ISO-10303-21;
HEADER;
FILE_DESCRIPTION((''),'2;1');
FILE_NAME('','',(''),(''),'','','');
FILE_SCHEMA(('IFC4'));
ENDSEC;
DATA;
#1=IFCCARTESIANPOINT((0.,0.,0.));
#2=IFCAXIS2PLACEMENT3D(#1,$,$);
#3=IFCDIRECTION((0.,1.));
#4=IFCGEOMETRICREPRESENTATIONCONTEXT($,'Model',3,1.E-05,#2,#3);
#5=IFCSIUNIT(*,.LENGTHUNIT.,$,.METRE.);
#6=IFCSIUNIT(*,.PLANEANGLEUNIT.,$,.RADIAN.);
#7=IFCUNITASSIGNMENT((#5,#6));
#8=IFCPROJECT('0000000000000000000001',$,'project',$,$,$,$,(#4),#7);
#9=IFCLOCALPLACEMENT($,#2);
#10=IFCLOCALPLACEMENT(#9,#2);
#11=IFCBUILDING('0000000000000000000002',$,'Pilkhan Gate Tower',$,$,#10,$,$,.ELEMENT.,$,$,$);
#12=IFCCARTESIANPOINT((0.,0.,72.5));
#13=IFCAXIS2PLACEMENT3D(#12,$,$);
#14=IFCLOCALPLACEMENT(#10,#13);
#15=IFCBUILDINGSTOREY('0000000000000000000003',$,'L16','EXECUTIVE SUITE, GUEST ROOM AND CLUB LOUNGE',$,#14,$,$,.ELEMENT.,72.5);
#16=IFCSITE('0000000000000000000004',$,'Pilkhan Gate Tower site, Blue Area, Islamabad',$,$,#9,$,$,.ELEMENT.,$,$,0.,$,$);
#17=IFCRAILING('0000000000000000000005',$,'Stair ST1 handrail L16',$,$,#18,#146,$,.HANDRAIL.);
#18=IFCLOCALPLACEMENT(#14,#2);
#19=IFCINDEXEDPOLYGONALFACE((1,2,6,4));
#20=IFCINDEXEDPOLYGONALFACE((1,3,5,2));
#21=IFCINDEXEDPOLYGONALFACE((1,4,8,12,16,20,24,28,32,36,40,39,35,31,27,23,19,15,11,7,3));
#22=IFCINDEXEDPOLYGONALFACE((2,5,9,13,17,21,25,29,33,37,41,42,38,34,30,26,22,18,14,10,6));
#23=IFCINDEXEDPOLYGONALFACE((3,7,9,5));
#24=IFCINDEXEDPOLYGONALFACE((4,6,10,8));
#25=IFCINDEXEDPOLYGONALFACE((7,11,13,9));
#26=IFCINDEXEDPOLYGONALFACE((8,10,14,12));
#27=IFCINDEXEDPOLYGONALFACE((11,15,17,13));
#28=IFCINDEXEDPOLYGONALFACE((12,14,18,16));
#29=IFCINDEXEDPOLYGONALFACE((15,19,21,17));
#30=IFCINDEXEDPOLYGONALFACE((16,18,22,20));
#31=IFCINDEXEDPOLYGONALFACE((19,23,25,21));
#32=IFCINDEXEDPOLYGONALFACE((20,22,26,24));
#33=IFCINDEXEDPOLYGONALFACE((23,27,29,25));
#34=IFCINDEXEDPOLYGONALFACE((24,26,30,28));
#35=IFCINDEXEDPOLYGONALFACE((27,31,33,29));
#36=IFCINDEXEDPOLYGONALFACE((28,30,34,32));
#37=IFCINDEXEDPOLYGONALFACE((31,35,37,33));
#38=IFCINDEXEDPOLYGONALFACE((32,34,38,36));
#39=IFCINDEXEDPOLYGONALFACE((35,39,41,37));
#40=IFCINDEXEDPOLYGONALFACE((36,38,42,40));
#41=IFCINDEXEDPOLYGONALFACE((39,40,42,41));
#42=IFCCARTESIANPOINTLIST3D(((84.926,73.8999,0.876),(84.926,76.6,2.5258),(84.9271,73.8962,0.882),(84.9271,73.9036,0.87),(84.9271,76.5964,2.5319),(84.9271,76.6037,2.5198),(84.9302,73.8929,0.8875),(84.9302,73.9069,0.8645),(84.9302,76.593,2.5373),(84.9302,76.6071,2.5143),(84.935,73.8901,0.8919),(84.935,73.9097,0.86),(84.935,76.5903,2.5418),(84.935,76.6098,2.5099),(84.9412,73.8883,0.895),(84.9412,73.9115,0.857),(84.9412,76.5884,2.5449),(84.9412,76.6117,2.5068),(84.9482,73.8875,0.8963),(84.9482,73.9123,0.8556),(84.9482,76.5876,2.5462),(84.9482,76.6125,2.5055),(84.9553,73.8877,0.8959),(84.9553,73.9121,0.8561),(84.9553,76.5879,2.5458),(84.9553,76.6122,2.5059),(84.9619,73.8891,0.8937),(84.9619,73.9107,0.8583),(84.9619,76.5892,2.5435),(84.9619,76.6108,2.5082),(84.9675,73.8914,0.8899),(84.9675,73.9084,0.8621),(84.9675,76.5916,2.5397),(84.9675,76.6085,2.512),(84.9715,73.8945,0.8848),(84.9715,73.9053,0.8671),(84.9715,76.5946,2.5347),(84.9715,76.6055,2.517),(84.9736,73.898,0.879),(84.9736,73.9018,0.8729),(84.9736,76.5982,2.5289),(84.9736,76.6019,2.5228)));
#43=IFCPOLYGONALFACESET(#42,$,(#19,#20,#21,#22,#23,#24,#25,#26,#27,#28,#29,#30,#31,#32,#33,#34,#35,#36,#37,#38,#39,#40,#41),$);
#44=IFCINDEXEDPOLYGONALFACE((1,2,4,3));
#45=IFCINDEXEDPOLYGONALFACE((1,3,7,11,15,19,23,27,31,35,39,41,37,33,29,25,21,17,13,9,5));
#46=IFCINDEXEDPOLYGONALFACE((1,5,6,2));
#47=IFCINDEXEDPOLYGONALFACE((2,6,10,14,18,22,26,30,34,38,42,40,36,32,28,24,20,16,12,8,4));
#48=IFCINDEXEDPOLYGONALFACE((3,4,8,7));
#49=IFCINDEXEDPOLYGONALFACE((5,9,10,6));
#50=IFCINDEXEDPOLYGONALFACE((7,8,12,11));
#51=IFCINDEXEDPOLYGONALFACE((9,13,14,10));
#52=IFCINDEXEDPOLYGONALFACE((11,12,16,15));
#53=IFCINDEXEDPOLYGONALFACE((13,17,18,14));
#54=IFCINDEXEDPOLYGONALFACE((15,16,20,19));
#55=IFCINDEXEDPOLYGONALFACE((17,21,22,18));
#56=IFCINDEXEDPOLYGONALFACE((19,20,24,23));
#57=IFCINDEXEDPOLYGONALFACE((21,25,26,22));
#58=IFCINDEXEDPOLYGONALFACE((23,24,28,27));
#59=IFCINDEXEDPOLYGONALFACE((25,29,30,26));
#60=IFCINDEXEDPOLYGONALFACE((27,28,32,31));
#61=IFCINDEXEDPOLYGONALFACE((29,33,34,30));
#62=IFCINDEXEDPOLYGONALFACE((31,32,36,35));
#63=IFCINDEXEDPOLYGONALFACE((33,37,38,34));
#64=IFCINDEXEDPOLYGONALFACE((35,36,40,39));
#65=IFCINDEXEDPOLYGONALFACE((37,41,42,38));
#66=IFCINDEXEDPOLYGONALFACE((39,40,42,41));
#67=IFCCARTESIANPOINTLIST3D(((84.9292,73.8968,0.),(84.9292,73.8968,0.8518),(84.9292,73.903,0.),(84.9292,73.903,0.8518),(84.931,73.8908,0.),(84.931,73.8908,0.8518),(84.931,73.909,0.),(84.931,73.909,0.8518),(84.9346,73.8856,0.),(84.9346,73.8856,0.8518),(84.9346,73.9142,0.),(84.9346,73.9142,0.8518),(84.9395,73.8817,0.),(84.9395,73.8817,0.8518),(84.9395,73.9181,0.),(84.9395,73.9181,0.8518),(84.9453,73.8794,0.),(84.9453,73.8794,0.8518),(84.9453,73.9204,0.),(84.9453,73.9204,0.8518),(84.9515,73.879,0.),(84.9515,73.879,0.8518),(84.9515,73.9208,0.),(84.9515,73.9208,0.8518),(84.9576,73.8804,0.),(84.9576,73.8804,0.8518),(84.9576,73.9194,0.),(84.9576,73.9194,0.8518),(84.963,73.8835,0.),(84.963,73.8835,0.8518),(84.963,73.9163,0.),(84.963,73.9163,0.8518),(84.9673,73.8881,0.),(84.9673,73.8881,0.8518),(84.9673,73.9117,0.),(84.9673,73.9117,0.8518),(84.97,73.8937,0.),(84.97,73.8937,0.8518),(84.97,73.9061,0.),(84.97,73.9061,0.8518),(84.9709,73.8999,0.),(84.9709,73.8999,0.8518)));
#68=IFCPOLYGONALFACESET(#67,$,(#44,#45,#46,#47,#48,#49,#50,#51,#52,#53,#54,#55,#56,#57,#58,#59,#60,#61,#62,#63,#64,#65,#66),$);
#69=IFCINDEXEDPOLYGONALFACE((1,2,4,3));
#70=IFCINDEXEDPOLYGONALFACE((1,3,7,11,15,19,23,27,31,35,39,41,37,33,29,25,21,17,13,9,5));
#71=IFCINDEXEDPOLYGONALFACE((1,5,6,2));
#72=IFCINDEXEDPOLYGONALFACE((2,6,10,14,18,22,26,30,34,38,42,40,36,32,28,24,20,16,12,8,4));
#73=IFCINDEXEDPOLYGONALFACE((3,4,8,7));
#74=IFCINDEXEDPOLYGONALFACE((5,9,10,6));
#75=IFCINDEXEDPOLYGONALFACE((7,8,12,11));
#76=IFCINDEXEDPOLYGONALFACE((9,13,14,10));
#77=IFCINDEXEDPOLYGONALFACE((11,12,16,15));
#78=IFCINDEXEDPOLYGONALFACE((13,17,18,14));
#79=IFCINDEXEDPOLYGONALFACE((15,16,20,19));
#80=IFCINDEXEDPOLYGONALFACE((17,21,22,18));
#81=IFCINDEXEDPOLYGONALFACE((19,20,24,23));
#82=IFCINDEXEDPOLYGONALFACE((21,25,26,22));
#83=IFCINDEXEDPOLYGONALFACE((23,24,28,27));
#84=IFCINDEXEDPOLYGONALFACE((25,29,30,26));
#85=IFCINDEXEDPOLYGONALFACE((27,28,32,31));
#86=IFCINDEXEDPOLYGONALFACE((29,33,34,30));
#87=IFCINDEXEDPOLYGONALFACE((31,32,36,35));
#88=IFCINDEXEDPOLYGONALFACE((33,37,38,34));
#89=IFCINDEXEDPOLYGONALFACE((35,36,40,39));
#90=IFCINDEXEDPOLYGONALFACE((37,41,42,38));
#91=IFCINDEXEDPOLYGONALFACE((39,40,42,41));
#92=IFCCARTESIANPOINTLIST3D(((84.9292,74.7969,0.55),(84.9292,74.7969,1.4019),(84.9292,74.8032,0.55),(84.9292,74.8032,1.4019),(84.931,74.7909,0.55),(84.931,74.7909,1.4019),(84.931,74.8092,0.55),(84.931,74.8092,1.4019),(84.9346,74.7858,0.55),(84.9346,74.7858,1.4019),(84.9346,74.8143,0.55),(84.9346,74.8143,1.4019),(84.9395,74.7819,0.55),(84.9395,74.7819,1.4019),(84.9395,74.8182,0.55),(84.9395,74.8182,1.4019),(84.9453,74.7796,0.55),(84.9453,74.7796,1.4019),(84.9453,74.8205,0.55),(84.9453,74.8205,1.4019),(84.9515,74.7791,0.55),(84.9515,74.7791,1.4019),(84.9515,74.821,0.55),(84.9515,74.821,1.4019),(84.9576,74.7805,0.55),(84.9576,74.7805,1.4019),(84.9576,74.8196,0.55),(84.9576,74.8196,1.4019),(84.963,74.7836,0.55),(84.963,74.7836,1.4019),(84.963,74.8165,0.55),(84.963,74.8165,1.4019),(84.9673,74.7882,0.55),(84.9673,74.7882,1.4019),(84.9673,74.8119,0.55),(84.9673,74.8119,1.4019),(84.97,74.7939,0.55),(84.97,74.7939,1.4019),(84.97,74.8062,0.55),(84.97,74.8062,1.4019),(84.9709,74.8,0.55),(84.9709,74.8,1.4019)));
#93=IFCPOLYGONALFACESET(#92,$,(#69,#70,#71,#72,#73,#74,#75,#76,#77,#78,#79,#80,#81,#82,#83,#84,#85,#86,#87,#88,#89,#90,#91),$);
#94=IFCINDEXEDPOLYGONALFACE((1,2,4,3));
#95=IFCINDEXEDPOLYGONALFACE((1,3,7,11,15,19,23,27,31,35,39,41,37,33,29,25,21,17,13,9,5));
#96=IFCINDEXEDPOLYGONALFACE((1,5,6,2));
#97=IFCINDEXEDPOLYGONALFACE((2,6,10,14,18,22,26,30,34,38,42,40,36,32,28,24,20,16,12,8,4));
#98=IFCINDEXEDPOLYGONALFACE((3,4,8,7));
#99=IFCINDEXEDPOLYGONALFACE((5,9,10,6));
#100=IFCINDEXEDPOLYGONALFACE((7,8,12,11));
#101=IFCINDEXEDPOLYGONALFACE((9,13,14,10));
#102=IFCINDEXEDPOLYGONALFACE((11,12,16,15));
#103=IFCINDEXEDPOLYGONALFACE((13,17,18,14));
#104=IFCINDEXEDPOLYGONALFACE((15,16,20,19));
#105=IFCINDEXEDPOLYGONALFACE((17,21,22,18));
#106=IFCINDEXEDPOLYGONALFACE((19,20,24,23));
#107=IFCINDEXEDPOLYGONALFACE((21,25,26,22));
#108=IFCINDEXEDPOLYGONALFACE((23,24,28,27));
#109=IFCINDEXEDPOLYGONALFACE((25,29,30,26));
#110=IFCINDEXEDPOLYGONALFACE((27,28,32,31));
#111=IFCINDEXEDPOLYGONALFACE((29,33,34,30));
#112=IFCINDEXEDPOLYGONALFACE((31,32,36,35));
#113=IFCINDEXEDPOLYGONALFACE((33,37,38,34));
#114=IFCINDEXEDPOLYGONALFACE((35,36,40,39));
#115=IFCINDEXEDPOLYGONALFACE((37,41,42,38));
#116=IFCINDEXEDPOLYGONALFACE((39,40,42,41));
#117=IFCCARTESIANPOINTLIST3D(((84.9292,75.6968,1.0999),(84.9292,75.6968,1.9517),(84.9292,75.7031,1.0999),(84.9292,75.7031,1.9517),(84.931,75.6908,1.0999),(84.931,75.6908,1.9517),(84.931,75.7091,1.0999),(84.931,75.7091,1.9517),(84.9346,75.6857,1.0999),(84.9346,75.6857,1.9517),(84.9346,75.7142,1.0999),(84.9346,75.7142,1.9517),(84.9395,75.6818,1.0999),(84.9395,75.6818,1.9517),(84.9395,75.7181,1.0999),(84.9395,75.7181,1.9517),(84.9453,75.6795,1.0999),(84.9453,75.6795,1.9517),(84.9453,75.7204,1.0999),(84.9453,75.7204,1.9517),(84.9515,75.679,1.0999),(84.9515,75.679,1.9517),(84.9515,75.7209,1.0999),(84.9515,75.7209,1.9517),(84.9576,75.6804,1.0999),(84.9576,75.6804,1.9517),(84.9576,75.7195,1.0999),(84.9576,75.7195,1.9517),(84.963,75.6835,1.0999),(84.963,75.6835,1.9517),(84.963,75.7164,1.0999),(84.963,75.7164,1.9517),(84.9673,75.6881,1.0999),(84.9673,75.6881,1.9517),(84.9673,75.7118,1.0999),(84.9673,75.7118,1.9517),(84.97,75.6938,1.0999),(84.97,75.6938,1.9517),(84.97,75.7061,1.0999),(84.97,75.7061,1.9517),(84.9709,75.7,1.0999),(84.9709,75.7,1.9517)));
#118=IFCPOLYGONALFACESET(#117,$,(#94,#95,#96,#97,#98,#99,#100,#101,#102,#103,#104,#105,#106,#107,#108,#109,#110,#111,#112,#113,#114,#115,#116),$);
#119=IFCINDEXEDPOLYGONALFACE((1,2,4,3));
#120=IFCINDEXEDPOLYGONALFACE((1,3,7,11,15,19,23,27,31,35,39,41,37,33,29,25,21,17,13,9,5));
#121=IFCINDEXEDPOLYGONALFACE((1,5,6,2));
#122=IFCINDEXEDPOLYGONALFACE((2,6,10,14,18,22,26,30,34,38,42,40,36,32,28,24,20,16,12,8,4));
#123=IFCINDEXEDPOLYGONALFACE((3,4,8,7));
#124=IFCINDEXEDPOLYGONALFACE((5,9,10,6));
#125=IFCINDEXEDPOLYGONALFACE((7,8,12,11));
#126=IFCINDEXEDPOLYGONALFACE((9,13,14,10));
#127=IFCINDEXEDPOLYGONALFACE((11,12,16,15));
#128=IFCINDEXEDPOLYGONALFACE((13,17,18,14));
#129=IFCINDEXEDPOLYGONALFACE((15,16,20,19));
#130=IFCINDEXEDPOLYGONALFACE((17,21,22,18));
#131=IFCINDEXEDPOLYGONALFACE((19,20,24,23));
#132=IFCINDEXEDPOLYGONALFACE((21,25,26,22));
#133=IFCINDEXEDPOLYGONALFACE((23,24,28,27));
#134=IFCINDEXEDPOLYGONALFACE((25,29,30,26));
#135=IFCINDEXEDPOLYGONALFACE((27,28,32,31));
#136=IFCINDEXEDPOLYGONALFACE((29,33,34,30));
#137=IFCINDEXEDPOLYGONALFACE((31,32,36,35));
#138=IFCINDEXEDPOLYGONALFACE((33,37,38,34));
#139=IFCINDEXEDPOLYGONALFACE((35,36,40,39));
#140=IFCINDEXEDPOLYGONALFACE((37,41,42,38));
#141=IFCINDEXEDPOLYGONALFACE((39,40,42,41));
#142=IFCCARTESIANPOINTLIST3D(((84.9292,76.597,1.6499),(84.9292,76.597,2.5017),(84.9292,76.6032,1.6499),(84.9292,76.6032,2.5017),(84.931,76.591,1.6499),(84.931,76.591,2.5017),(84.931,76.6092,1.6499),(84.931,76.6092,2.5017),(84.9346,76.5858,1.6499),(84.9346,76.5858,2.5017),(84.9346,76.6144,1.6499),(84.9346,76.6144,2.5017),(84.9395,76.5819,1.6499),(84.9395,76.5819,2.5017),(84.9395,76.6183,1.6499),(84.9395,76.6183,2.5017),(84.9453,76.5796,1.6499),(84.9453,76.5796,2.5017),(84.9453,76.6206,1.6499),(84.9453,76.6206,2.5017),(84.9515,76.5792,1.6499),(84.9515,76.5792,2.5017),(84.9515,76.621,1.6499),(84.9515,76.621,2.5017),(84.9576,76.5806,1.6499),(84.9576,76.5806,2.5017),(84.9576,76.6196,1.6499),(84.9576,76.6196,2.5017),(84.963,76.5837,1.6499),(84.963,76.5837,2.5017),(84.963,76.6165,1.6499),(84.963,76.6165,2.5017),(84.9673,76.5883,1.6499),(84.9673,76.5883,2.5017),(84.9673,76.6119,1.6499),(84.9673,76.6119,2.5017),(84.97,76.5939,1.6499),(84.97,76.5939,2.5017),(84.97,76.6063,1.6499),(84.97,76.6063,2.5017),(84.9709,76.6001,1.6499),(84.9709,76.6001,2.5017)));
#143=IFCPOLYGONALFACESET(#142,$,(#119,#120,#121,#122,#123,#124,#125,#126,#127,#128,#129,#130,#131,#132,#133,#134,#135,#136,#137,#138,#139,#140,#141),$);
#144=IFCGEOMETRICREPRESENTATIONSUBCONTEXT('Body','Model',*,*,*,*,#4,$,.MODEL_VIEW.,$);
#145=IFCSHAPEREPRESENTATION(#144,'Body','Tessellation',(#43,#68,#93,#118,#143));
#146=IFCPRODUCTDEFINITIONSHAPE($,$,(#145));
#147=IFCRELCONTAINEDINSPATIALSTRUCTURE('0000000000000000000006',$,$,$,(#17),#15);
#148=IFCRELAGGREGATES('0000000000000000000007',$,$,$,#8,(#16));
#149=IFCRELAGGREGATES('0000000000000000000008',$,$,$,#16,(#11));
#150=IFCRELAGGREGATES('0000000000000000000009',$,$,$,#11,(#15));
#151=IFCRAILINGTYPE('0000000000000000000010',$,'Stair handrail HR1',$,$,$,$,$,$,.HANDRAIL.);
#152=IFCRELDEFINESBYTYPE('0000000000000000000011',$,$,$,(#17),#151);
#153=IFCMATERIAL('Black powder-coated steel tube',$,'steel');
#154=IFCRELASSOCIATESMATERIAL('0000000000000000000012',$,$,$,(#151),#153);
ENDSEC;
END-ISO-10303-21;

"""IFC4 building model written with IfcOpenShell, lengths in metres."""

from ifc_helpers import new_model, si_unit, direction, frame, origin, origin_2d, place, context, subcontext, project, spatial, circle, extrude, material, type_object, element, save


model = new_model("IFC4")

# Units and contexts
model_context = context("Model", 3, precision=1e-05, world=origin(), true_north=direction((0.0, 1.0)))
body_context = subcontext(model_context, "Body", "Model", "MODEL_VIEW")
ifc_project = project(units=[si_unit("LENGTHUNIT", "METRE"), si_unit("PLANEANGLEUNIT", "RADIAN")], contexts=[model_context])

# Site, building, storey
site_placement = place(None, origin())
site = spatial("IfcSite", under=ifc_project, at=site_placement, Name="Pilkhan Gate Tower site, Blue Area, Islamabad", CompositionType="ELEMENT", RefElevation=0.0)
building_placement = place(site_placement, origin())
building = spatial("IfcBuilding", under=site, at=building_placement, Name="Pilkhan Gate Tower", CompositionType="ELEMENT")
storey_placement = place(building_placement, frame((0.0, 0.0, 72.5)))
storey = spatial("IfcBuildingStorey", under=building, at=storey_placement, Name="L16", Description="EXECUTIVE SUITE, GUEST ROOM AND CLUB LOUNGE", CompositionType="ELEMENT", Elevation=72.5)

# Railing
ifc_material_1 = material(Name="Black powder-coated steel tube", Category="steel")
railing_type_1 = type_object("IfcRailingType", Name="Stair handrail HR1", PredefinedType="HANDRAIL", material=ifc_material_1)
railing_1_placement = place(storey_placement, frame((84.95, 73.8999, 0.0)))
element("IfcRailing", 1, at=railing_1_placement, inside=storey, type_object=railing_type_1, Name="Stair ST1 handrail L16", PredefinedType="HANDRAIL", context=body_context, shape_type="SweptSolid", body=[
    extrude(circle(Radius=0.0239, at=origin_2d()), frame((0.0, 0.0, 0.876), z_axis=(0.0, 0.853312, 0.5214), x_axis=(-1.0, 0.0, 0.0)), (0.0, 0.0, 1.0), 3.1643),
    extrude(circle(Radius=0.021, at=origin_2d()), origin(), (0.0, 0.0, 1.0), 0.8518),
    extrude(circle(Radius=0.021, at=origin_2d()), frame((0.0, 0.9001, 0.55)), (0.0, 0.0, 1.0), 0.8518),
    extrude(circle(Radius=0.021, at=origin_2d()), frame((0.0, 1.8, 1.0999)), (0.0, 0.0, 1.0), 0.8518),
    extrude(circle(Radius=0.021, at=origin_2d()), frame((0.0, 2.7002, 1.6499)), (0.0, 0.0, 1.0), 0.8518),
])

save(model, "model.ifc")
